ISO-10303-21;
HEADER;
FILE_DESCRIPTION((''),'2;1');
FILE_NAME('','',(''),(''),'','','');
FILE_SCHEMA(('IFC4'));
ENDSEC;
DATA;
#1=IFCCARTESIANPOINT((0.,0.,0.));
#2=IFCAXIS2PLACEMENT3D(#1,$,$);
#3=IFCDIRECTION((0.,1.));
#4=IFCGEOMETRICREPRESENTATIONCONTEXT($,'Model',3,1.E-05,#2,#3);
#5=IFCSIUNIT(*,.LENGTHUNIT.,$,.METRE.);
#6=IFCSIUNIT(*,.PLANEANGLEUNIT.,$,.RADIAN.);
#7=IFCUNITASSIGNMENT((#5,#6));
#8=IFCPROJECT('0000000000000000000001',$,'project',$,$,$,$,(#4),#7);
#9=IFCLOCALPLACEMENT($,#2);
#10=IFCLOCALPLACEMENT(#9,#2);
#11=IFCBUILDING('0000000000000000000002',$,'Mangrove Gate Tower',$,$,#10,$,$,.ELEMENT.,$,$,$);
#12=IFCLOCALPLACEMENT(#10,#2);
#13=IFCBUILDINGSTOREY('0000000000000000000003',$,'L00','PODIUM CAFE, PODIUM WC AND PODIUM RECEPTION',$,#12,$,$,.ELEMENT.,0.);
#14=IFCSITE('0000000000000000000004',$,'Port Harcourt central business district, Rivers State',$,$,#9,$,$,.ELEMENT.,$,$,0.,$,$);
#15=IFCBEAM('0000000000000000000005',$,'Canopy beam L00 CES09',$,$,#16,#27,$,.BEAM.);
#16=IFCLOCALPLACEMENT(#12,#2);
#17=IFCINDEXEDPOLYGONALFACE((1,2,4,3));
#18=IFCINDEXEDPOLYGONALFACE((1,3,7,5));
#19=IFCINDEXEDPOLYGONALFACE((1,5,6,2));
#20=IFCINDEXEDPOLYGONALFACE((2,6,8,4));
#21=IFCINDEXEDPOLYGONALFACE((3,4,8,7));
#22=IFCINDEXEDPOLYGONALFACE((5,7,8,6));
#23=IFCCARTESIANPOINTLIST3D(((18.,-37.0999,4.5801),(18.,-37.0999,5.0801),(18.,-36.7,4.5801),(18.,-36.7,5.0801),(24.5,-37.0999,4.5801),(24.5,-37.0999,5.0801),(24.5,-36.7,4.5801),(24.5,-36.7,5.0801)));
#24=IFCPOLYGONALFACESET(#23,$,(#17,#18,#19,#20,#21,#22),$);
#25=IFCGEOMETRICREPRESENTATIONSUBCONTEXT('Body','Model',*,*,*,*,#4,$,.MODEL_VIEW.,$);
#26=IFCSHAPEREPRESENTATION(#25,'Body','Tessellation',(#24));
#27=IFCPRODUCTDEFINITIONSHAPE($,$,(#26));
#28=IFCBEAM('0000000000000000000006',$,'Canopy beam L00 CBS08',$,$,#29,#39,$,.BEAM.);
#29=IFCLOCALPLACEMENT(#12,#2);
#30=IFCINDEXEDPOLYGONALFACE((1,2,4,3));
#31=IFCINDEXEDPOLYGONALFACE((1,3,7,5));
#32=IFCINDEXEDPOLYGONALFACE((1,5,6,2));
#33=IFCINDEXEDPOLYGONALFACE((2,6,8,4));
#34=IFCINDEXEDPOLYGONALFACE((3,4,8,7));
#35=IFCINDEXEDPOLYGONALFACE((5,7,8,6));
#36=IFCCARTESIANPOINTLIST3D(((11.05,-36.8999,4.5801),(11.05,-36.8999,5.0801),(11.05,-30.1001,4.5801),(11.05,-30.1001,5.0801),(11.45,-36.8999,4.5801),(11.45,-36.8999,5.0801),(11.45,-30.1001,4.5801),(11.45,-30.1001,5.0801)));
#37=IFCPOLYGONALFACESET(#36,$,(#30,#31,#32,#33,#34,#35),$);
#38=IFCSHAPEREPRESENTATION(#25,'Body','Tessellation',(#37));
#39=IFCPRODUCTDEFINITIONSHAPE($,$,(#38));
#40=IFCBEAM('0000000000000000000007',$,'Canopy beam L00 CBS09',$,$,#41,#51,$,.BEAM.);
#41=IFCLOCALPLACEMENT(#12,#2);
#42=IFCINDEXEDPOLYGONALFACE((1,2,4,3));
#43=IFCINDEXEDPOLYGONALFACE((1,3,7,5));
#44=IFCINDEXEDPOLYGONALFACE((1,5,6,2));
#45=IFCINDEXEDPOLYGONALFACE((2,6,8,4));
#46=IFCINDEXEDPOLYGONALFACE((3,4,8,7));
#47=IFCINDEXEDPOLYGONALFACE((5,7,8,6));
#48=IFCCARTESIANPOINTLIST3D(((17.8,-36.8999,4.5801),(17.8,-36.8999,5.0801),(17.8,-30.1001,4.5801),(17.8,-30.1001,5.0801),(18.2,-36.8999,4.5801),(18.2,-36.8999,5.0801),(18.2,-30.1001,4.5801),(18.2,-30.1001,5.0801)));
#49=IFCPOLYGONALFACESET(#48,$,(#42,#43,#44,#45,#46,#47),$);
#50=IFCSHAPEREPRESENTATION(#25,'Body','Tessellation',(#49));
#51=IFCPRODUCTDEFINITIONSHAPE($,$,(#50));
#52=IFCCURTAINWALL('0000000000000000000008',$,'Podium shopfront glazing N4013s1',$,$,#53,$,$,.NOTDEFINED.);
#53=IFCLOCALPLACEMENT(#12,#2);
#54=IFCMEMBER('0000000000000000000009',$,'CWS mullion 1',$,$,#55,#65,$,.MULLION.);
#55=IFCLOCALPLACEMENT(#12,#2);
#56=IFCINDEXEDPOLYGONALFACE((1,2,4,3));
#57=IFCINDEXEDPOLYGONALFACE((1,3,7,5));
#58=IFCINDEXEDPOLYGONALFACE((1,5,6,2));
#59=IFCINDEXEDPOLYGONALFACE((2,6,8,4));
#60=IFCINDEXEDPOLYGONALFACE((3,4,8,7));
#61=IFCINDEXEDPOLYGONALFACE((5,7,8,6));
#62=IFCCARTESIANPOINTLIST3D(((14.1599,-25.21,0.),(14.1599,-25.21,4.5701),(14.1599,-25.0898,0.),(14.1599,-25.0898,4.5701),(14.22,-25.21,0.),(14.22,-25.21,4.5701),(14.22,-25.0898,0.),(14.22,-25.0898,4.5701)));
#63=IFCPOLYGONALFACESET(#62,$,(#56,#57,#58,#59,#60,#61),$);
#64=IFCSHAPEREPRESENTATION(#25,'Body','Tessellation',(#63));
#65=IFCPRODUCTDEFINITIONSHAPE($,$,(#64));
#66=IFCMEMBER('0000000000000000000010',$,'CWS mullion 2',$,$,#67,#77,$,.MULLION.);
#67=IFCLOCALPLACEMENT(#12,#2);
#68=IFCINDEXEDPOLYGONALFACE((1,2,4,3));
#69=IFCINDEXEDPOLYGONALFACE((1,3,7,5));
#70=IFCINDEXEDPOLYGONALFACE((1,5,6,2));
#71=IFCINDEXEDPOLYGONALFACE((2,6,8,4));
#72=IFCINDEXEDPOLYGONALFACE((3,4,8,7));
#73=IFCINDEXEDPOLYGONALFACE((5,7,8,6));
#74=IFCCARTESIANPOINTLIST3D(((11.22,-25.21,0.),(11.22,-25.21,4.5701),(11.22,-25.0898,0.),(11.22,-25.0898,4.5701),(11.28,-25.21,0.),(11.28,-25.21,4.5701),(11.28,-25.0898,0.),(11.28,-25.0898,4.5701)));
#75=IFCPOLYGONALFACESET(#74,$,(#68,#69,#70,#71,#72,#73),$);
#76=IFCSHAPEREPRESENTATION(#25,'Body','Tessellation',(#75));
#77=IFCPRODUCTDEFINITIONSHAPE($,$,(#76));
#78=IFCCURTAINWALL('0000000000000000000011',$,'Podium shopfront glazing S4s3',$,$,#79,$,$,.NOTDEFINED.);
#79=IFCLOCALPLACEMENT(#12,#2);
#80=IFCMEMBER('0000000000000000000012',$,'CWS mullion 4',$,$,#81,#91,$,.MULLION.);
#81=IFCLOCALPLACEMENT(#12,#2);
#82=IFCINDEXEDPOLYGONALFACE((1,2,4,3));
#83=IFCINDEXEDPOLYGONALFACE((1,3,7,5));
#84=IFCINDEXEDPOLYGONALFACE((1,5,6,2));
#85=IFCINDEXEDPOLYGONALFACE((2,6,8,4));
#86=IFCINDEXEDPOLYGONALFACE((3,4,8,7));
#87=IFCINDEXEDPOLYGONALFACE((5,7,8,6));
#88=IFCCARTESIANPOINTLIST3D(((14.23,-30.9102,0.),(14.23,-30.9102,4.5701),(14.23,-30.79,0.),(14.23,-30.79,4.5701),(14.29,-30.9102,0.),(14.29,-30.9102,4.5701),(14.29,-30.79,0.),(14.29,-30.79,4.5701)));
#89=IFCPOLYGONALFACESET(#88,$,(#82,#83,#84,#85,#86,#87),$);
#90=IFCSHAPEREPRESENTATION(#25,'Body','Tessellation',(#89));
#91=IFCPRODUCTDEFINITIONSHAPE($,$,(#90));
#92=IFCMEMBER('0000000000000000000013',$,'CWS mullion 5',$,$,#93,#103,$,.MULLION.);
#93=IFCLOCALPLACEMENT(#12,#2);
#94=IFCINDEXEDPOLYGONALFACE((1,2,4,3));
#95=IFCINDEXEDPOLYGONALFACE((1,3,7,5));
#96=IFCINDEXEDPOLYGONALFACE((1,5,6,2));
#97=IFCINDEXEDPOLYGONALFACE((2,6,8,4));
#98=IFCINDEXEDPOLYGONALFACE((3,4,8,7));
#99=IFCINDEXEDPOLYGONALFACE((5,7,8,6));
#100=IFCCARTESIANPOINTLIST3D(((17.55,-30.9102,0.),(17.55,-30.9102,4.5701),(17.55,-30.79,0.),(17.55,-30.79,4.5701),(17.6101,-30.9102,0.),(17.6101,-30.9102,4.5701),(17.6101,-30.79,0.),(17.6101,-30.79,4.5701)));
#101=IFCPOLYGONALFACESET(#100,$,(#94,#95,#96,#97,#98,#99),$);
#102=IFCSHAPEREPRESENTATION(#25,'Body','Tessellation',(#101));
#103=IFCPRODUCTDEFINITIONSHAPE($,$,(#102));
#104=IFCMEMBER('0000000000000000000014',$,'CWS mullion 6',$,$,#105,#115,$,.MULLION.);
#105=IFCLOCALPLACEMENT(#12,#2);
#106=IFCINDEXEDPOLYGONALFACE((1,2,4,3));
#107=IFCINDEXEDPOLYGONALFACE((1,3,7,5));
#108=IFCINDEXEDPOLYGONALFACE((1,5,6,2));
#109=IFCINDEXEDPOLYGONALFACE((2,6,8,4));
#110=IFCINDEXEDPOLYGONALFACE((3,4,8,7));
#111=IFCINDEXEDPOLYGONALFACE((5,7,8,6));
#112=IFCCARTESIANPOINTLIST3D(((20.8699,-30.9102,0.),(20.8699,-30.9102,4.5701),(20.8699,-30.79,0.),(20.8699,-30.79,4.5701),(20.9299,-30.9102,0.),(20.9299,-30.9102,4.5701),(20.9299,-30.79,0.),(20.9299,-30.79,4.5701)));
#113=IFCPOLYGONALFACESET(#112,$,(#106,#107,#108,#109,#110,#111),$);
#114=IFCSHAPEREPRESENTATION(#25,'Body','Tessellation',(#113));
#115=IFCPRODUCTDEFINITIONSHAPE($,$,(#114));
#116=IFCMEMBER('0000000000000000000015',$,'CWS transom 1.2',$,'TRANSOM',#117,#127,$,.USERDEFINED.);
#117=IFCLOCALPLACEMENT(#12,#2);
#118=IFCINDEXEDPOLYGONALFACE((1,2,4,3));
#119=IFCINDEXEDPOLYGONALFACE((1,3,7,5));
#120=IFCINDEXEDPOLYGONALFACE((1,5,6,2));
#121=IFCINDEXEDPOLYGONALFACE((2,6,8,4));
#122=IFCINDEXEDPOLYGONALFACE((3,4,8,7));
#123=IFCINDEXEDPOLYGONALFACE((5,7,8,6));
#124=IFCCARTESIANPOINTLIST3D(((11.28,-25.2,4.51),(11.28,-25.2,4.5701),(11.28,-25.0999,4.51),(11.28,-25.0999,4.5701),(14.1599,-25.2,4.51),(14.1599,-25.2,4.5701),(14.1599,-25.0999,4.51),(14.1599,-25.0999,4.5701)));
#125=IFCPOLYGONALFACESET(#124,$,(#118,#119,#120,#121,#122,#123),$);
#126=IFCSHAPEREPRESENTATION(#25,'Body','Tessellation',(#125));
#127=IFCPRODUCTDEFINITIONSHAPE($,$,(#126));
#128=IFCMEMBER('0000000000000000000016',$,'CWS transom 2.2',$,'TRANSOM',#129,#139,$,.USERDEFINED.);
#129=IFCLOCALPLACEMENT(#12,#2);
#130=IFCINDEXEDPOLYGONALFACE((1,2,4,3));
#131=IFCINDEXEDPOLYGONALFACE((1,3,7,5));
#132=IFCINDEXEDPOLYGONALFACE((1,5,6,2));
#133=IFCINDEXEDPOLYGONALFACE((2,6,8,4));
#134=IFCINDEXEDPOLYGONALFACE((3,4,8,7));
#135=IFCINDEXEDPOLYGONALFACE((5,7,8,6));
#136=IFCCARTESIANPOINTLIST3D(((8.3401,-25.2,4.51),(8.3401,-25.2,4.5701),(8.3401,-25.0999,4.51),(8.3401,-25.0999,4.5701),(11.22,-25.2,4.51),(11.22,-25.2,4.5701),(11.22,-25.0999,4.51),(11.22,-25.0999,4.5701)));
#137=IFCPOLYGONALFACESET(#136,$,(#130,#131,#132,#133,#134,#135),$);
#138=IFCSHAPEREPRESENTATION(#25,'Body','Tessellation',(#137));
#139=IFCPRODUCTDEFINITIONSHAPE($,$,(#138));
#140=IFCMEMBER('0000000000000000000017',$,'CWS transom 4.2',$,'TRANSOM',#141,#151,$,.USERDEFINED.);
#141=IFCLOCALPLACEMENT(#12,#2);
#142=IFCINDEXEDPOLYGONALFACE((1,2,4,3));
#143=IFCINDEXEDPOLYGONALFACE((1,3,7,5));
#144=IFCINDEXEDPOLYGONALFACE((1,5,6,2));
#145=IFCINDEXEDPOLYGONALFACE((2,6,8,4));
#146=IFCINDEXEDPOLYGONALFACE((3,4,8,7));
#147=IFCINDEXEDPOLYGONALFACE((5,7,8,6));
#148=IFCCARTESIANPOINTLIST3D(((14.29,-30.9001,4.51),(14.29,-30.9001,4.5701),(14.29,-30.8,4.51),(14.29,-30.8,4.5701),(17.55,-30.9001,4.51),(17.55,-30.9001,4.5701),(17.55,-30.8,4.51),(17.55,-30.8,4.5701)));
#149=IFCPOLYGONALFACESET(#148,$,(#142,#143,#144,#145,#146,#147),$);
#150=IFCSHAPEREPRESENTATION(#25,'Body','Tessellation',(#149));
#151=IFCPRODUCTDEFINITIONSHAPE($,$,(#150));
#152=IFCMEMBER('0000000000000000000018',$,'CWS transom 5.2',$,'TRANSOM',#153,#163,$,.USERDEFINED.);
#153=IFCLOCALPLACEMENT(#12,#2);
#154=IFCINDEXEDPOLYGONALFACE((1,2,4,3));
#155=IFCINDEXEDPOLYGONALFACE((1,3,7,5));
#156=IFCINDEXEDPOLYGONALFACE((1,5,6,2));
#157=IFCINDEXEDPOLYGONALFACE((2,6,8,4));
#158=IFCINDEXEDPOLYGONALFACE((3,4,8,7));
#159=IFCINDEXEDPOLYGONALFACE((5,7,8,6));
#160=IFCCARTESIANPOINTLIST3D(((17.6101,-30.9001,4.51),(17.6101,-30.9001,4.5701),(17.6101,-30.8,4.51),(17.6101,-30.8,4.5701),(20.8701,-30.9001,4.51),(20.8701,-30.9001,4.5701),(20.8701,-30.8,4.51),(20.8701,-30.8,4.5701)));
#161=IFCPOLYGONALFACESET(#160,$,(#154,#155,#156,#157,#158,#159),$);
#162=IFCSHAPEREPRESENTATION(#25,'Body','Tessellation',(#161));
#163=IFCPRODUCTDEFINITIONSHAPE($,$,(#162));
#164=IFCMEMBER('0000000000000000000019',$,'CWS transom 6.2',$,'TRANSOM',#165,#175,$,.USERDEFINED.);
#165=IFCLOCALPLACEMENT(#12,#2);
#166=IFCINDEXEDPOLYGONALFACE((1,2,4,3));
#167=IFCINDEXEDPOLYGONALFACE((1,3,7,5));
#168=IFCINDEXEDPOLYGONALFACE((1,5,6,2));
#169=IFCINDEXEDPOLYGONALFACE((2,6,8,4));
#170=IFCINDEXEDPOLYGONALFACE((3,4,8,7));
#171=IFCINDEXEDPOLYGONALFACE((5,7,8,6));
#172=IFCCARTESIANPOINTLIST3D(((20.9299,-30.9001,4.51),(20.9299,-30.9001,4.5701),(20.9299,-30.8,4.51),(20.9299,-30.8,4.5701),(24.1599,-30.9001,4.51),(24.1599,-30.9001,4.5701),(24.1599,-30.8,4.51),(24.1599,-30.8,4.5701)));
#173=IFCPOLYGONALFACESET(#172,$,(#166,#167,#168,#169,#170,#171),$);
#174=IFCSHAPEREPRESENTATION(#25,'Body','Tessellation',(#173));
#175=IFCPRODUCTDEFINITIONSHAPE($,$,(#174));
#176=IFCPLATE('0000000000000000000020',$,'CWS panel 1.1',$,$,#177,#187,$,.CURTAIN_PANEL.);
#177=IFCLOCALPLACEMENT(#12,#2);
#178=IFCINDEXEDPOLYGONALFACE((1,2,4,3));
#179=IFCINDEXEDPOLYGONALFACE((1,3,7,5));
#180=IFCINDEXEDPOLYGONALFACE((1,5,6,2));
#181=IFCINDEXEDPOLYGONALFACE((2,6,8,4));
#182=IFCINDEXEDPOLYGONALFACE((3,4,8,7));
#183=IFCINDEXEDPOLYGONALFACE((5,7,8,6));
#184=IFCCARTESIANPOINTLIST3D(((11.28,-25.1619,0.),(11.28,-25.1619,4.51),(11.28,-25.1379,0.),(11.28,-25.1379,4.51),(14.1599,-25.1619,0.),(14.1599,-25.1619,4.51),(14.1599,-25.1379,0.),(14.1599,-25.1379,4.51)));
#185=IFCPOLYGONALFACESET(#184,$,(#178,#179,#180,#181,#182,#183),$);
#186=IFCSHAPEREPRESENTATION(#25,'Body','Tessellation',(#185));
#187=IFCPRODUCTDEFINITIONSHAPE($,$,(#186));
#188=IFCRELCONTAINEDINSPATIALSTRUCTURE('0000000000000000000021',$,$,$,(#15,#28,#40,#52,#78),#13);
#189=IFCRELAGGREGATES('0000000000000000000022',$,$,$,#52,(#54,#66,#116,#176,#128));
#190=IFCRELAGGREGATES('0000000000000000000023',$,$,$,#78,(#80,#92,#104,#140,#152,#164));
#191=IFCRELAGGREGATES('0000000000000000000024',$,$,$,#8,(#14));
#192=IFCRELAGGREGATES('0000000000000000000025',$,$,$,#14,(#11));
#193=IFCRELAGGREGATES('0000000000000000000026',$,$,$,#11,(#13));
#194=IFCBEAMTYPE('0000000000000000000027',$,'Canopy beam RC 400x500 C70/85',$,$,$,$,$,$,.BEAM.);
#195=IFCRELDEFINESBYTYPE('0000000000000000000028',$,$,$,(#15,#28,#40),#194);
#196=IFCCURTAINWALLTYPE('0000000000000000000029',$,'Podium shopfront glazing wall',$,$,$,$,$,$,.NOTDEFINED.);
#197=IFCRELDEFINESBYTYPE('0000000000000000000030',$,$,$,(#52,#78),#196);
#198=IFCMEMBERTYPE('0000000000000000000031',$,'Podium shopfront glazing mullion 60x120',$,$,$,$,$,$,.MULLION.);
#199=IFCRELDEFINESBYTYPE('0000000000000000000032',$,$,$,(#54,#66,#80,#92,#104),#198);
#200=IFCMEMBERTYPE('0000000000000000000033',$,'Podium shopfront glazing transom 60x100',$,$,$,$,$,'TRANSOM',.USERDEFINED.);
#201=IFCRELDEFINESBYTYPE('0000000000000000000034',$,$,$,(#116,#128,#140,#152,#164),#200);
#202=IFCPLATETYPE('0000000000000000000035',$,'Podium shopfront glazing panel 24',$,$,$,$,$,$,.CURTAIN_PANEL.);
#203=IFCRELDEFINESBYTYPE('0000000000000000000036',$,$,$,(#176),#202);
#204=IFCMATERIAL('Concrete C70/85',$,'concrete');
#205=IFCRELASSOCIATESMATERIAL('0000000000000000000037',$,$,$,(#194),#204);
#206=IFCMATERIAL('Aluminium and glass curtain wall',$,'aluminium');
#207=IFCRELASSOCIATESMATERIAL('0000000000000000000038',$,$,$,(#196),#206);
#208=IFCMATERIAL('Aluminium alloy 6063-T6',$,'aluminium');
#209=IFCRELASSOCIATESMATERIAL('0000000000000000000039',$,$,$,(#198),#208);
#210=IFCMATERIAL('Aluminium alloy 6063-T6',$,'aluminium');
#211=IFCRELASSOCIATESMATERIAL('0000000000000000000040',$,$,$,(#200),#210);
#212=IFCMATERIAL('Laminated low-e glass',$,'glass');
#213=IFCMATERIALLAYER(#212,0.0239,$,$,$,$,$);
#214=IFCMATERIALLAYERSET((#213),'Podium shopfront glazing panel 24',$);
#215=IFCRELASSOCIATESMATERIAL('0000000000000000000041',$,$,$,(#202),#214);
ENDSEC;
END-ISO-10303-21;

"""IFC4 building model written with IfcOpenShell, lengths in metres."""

from ifc_helpers import new_model, si_unit, direction, frame, origin, origin_2d, place, context, subcontext, project, spatial, rectangle, extrude, material, layer, layer_set, material_profile, profile_set, type_object, element, aggregate, save


model = new_model("IFC4")

# Units and contexts
model_context = context("Model", 3, precision=1e-05, world=origin(), true_north=direction((0.0, 1.0)))
body_context = subcontext(model_context, "Body", "Model", "MODEL_VIEW")
ifc_project = project(units=[si_unit("LENGTHUNIT", "METRE"), si_unit("PLANEANGLEUNIT", "RADIAN")], contexts=[model_context])

# Site, building, storey
site_placement = place(None, origin())
site = spatial("IfcSite", under=ifc_project, at=site_placement, Name="Port Harcourt central business district, Rivers State", CompositionType="ELEMENT", RefElevation=0.0)
building_placement = place(site_placement, origin())
building = spatial("IfcBuilding", under=site, at=building_placement, Name="Mangrove Gate Tower", CompositionType="ELEMENT")
storey_placement = place(building_placement, origin())
storey = spatial("IfcBuildingStorey", under=building, at=storey_placement, Name="L00", Description="PODIUM CAFE, PODIUM WC AND PODIUM RECEPTION", CompositionType="ELEMENT", Elevation=0.0)

# Beams
ifc_material_1 = material(Name="Concrete C70/85", Category="concrete")
ifc_material_profile_1 = material_profile(ifc_material_1, rectangle(XDim=0.3999, YDim=0.5, at=origin_2d()))
ifc_profile_set_1 = profile_set([ifc_material_profile_1], Name="Concrete C70/85")
beam_type = type_object("IfcBeamType", Name="Canopy beam RC 400x500 C70/85", PredefinedType="BEAM", material=ifc_profile_set_1)
beam_1_placement = place(storey_placement, frame((18.0, -36.8999, 4.8301), z_axis=(1.0, 0.0, 0.0), x_axis=(0.0, 1.0, 0.0)))
element("IfcBeam", 1, at=beam_1_placement, inside=storey, type_object=beam_type, Name="Canopy beam L00 CES09", PredefinedType="BEAM", context=body_context, shape_type="SweptSolid", body=[
    extrude(rectangle(XDim=0.3999, YDim=0.5, at=origin_2d()), origin(), (0.0, 0.0, 1.0), 6.5),
])
for number, where, z_axis, x_axis, name in (
    (2, (11.25, -30.1001, 4.8301), (0.0, -1.0, 0.0), (1.0, 0.0, 0.0), "Canopy beam L00 CBS08"),
    (3, (18.0, -30.1001, 4.8301), (0.0, -1.0, 0.0), (1.0, 0.0, 0.0), "Canopy beam L00 CBS09"),
):
    element("IfcBeam", number, at=place(storey_placement, frame(where, z_axis=z_axis, x_axis=x_axis)), inside=storey, type_object=beam_type, Name=name, PredefinedType="BEAM", context=body_context, shape_type="SweptSolid", body=[
        extrude(rectangle(XDim=0.3999, YDim=0.5, at=origin_2d()), origin(), (0.0, 0.0, 1.0), 6.7998),
    ])

# Curtain walls, members
ifc_material_2 = material(Name="Aluminium and glass curtain wall", Category="aluminium")
curtain_wall_type = type_object("IfcCurtainWallType", Name="Podium shopfront glazing wall", PredefinedType="NOTDEFINED", material=ifc_material_2)
curtain_wall_1_placement = place(storey_placement, origin())
curtain_wall_1 = element("IfcCurtainWall", 4, at=curtain_wall_1_placement, inside=storey, type_object=curtain_wall_type, Name="Podium shopfront glazing N4013s1", PredefinedType="NOTDEFINED")
ifc_material_3 = material(Name="Aluminium alloy 6063-T6", Category="aluminium")
ifc_material_profile_2 = material_profile(ifc_material_3, rectangle(XDim=0.0601, YDim=0.1201, at=origin_2d()))
ifc_profile_set_2 = profile_set([ifc_material_profile_2], Name="Aluminium alloy 6063-T6")
member_type_1 = type_object("IfcMemberType", Name="Podium shopfront glazing mullion 60x120", PredefinedType="MULLION", material=ifc_profile_set_2)
member_1_placement = place(storey_placement, frame((14.1899, -25.1499, 0.0), z_axis=(0.0, 0.0, 1.0), x_axis=(-1.0, 0.0, 0.0)))
member_1 = element("IfcMember", 5, at=member_1_placement, type_object=member_type_1, Name="CWS mullion 1", PredefinedType="MULLION", context=body_context, shape_type="SweptSolid", body=[
    extrude(rectangle(XDim=0.0601, YDim=0.1201, at=origin_2d()), origin(), (0.0, 0.0, 1.0), 4.5701),
])
member_2_placement = place(storey_placement, frame((11.25, -25.1499, 0.0), z_axis=(0.0, 0.0, 1.0), x_axis=(-1.0, 0.0, 0.0)))
member_2 = element("IfcMember", 6, at=member_2_placement, type_object=member_type_1, Name="CWS mullion 2", PredefinedType="MULLION", context=body_context, shape_type="SweptSolid", body=[
    extrude(rectangle(XDim=0.0601, YDim=0.1201, at=origin_2d()), origin(), (0.0, 0.0, 1.0), 4.5701),
])
curtain_wall_2_placement = place(storey_placement, origin())
curtain_wall_2 = element("IfcCurtainWall", 7, at=curtain_wall_2_placement, inside=storey, type_object=curtain_wall_type, Name="Podium shopfront glazing S4s3", PredefinedType="NOTDEFINED")
member_3_placement = place(storey_placement, frame((14.26, -30.8501, 0.0), z_axis=(0.0, 0.0, 1.0), x_axis=(1.0, 0.0, 0.0)))
member_3 = element("IfcMember", 8, at=member_3_placement, type_object=member_type_1, Name="CWS mullion 4", PredefinedType="MULLION", context=body_context, shape_type="SweptSolid", body=[
    extrude(rectangle(XDim=0.0601, YDim=0.1201, at=origin_2d()), origin(), (0.0, 0.0, 1.0), 4.5701),
])
member_4_placement = place(storey_placement, frame((17.5801, -30.8501, 0.0), z_axis=(0.0, 0.0, 1.0), x_axis=(1.0, 0.0, 0.0)))
member_4 = element("IfcMember", 9, at=member_4_placement, type_object=member_type_1, Name="CWS mullion 5", PredefinedType="MULLION", context=body_context, shape_type="SweptSolid", body=[
    extrude(rectangle(XDim=0.0601, YDim=0.1201, at=origin_2d()), origin(), (0.0, 0.0, 1.0), 4.5701),
])
member_5_placement = place(storey_placement, frame((20.8999, -30.8501, 0.0), z_axis=(0.0, 0.0, 1.0), x_axis=(1.0, 0.0, 0.0)))
member_5 = element("IfcMember", 10, at=member_5_placement, type_object=member_type_1, Name="CWS mullion 6", PredefinedType="MULLION", context=body_context, shape_type="SweptSolid", body=[
    extrude(rectangle(XDim=0.0601, YDim=0.1201, at=origin_2d()), origin(), (0.0, 0.0, 1.0), 4.5701),
])

# Members
ifc_material_4 = material(Name="Aluminium alloy 6063-T6", Category="aluminium")
ifc_material_profile_3 = material_profile(ifc_material_4, rectangle(XDim=0.0601, YDim=0.1001, at=origin_2d()))
ifc_profile_set_3 = profile_set([ifc_material_profile_3], Name="Aluminium alloy 6063-T6")
member_type_2 = type_object("IfcMemberType", Name="Podium shopfront glazing transom 60x100", ElementType="TRANSOM", PredefinedType="USERDEFINED", material=ifc_profile_set_3)
member_6_placement = place(storey_placement, frame((14.1599, -25.1499, 4.54), z_axis=(-1.0, 0.0, 0.0), x_axis=(0.0, 0.0, 1.0)))
member_6 = element("IfcMember", 11, at=member_6_placement, type_object=member_type_2, Name="CWS transom 1.2", ObjectType="TRANSOM", PredefinedType="USERDEFINED", context=body_context, shape_type="SweptSolid", body=[
    extrude(rectangle(XDim=0.0601, YDim=0.1001, at=origin_2d()), origin(), (0.0, 0.0, 1.0), 2.8799),
])
member_7_placement = place(storey_placement, frame((11.22, -25.1499, 4.54), z_axis=(-1.0, 0.0, 0.0), x_axis=(0.0, 0.0, 1.0)))
member_7 = element("IfcMember", 12, at=member_7_placement, type_object=member_type_2, Name="CWS transom 2.2", ObjectType="TRANSOM", PredefinedType="USERDEFINED", context=body_context, shape_type="SweptSolid", body=[
    extrude(rectangle(XDim=0.0601, YDim=0.1001, at=origin_2d()), origin(), (0.0, 0.0, 1.0), 2.8799),
])
member_8_placement = place(storey_placement, frame((14.29, -30.8501, 4.54), z_axis=(1.0, 0.0, 0.0), x_axis=(0.0, 0.0, 1.0)))
member_8 = element("IfcMember", 13, at=member_8_placement, type_object=member_type_2, Name="CWS transom 4.2", ObjectType="TRANSOM", PredefinedType="USERDEFINED", context=body_context, shape_type="SweptSolid", body=[
    extrude(rectangle(XDim=0.0601, YDim=0.1001, at=origin_2d()), origin(), (0.0, 0.0, 1.0), 3.26),
])
member_9_placement = place(storey_placement, frame((17.6101, -30.8501, 4.54), z_axis=(1.0, 0.0, 0.0), x_axis=(0.0, 0.0, 1.0)))
member_9 = element("IfcMember", 14, at=member_9_placement, type_object=member_type_2, Name="CWS transom 5.2", ObjectType="TRANSOM", PredefinedType="USERDEFINED", context=body_context, shape_type="SweptSolid", body=[
    extrude(rectangle(XDim=0.0601, YDim=0.1001, at=origin_2d()), origin(), (0.0, 0.0, 1.0), 3.26),
])
member_10_placement = place(storey_placement, frame((20.9299, -30.8501, 4.54), z_axis=(1.0, 0.0, 0.0), x_axis=(0.0, 0.0, 1.0)))
member_10 = element("IfcMember", 15, at=member_10_placement, type_object=member_type_2, Name="CWS transom 6.2", ObjectType="TRANSOM", PredefinedType="USERDEFINED", context=body_context, shape_type="SweptSolid", body=[
    extrude(rectangle(XDim=0.0601, YDim=0.1001, at=origin_2d()), origin(), (0.0, 0.0, 1.0), 3.23),
])

# Plate
ifc_material_5 = material(Name="Laminated low-e glass", Category="glass")
ifc_layer_1 = layer(ifc_material_5, 0.0239)
ifc_layer_set_1 = layer_set([ifc_layer_1], Name="Podium shopfront glazing panel 24")
plate_type = type_object("IfcPlateType", Name="Podium shopfront glazing panel 24", PredefinedType="CURTAIN_PANEL", material=ifc_layer_set_1)
plate_1_placement = place(storey_placement, frame((12.72, -25.1499, 0.0), z_axis=(0.0, 0.0, 1.0), x_axis=(-1.0, 0.0, 0.0)))
plate_1 = element("IfcPlate", 16, at=plate_1_placement, type_object=plate_type, Name="CWS panel 1.1", PredefinedType="CURTAIN_PANEL", context=body_context, shape_type="SweptSolid", body=[
    extrude(rectangle(XDim=2.8799, YDim=0.0239, at=origin_2d()), origin(), (0.0, 0.0, 1.0), 4.51),
])
aggregate(curtain_wall_1, [member_1, member_2, member_6, plate_1, member_7])
aggregate(curtain_wall_2, [member_3, member_4, member_5, member_8, member_9, member_10])

save(model, "model.ifc")
